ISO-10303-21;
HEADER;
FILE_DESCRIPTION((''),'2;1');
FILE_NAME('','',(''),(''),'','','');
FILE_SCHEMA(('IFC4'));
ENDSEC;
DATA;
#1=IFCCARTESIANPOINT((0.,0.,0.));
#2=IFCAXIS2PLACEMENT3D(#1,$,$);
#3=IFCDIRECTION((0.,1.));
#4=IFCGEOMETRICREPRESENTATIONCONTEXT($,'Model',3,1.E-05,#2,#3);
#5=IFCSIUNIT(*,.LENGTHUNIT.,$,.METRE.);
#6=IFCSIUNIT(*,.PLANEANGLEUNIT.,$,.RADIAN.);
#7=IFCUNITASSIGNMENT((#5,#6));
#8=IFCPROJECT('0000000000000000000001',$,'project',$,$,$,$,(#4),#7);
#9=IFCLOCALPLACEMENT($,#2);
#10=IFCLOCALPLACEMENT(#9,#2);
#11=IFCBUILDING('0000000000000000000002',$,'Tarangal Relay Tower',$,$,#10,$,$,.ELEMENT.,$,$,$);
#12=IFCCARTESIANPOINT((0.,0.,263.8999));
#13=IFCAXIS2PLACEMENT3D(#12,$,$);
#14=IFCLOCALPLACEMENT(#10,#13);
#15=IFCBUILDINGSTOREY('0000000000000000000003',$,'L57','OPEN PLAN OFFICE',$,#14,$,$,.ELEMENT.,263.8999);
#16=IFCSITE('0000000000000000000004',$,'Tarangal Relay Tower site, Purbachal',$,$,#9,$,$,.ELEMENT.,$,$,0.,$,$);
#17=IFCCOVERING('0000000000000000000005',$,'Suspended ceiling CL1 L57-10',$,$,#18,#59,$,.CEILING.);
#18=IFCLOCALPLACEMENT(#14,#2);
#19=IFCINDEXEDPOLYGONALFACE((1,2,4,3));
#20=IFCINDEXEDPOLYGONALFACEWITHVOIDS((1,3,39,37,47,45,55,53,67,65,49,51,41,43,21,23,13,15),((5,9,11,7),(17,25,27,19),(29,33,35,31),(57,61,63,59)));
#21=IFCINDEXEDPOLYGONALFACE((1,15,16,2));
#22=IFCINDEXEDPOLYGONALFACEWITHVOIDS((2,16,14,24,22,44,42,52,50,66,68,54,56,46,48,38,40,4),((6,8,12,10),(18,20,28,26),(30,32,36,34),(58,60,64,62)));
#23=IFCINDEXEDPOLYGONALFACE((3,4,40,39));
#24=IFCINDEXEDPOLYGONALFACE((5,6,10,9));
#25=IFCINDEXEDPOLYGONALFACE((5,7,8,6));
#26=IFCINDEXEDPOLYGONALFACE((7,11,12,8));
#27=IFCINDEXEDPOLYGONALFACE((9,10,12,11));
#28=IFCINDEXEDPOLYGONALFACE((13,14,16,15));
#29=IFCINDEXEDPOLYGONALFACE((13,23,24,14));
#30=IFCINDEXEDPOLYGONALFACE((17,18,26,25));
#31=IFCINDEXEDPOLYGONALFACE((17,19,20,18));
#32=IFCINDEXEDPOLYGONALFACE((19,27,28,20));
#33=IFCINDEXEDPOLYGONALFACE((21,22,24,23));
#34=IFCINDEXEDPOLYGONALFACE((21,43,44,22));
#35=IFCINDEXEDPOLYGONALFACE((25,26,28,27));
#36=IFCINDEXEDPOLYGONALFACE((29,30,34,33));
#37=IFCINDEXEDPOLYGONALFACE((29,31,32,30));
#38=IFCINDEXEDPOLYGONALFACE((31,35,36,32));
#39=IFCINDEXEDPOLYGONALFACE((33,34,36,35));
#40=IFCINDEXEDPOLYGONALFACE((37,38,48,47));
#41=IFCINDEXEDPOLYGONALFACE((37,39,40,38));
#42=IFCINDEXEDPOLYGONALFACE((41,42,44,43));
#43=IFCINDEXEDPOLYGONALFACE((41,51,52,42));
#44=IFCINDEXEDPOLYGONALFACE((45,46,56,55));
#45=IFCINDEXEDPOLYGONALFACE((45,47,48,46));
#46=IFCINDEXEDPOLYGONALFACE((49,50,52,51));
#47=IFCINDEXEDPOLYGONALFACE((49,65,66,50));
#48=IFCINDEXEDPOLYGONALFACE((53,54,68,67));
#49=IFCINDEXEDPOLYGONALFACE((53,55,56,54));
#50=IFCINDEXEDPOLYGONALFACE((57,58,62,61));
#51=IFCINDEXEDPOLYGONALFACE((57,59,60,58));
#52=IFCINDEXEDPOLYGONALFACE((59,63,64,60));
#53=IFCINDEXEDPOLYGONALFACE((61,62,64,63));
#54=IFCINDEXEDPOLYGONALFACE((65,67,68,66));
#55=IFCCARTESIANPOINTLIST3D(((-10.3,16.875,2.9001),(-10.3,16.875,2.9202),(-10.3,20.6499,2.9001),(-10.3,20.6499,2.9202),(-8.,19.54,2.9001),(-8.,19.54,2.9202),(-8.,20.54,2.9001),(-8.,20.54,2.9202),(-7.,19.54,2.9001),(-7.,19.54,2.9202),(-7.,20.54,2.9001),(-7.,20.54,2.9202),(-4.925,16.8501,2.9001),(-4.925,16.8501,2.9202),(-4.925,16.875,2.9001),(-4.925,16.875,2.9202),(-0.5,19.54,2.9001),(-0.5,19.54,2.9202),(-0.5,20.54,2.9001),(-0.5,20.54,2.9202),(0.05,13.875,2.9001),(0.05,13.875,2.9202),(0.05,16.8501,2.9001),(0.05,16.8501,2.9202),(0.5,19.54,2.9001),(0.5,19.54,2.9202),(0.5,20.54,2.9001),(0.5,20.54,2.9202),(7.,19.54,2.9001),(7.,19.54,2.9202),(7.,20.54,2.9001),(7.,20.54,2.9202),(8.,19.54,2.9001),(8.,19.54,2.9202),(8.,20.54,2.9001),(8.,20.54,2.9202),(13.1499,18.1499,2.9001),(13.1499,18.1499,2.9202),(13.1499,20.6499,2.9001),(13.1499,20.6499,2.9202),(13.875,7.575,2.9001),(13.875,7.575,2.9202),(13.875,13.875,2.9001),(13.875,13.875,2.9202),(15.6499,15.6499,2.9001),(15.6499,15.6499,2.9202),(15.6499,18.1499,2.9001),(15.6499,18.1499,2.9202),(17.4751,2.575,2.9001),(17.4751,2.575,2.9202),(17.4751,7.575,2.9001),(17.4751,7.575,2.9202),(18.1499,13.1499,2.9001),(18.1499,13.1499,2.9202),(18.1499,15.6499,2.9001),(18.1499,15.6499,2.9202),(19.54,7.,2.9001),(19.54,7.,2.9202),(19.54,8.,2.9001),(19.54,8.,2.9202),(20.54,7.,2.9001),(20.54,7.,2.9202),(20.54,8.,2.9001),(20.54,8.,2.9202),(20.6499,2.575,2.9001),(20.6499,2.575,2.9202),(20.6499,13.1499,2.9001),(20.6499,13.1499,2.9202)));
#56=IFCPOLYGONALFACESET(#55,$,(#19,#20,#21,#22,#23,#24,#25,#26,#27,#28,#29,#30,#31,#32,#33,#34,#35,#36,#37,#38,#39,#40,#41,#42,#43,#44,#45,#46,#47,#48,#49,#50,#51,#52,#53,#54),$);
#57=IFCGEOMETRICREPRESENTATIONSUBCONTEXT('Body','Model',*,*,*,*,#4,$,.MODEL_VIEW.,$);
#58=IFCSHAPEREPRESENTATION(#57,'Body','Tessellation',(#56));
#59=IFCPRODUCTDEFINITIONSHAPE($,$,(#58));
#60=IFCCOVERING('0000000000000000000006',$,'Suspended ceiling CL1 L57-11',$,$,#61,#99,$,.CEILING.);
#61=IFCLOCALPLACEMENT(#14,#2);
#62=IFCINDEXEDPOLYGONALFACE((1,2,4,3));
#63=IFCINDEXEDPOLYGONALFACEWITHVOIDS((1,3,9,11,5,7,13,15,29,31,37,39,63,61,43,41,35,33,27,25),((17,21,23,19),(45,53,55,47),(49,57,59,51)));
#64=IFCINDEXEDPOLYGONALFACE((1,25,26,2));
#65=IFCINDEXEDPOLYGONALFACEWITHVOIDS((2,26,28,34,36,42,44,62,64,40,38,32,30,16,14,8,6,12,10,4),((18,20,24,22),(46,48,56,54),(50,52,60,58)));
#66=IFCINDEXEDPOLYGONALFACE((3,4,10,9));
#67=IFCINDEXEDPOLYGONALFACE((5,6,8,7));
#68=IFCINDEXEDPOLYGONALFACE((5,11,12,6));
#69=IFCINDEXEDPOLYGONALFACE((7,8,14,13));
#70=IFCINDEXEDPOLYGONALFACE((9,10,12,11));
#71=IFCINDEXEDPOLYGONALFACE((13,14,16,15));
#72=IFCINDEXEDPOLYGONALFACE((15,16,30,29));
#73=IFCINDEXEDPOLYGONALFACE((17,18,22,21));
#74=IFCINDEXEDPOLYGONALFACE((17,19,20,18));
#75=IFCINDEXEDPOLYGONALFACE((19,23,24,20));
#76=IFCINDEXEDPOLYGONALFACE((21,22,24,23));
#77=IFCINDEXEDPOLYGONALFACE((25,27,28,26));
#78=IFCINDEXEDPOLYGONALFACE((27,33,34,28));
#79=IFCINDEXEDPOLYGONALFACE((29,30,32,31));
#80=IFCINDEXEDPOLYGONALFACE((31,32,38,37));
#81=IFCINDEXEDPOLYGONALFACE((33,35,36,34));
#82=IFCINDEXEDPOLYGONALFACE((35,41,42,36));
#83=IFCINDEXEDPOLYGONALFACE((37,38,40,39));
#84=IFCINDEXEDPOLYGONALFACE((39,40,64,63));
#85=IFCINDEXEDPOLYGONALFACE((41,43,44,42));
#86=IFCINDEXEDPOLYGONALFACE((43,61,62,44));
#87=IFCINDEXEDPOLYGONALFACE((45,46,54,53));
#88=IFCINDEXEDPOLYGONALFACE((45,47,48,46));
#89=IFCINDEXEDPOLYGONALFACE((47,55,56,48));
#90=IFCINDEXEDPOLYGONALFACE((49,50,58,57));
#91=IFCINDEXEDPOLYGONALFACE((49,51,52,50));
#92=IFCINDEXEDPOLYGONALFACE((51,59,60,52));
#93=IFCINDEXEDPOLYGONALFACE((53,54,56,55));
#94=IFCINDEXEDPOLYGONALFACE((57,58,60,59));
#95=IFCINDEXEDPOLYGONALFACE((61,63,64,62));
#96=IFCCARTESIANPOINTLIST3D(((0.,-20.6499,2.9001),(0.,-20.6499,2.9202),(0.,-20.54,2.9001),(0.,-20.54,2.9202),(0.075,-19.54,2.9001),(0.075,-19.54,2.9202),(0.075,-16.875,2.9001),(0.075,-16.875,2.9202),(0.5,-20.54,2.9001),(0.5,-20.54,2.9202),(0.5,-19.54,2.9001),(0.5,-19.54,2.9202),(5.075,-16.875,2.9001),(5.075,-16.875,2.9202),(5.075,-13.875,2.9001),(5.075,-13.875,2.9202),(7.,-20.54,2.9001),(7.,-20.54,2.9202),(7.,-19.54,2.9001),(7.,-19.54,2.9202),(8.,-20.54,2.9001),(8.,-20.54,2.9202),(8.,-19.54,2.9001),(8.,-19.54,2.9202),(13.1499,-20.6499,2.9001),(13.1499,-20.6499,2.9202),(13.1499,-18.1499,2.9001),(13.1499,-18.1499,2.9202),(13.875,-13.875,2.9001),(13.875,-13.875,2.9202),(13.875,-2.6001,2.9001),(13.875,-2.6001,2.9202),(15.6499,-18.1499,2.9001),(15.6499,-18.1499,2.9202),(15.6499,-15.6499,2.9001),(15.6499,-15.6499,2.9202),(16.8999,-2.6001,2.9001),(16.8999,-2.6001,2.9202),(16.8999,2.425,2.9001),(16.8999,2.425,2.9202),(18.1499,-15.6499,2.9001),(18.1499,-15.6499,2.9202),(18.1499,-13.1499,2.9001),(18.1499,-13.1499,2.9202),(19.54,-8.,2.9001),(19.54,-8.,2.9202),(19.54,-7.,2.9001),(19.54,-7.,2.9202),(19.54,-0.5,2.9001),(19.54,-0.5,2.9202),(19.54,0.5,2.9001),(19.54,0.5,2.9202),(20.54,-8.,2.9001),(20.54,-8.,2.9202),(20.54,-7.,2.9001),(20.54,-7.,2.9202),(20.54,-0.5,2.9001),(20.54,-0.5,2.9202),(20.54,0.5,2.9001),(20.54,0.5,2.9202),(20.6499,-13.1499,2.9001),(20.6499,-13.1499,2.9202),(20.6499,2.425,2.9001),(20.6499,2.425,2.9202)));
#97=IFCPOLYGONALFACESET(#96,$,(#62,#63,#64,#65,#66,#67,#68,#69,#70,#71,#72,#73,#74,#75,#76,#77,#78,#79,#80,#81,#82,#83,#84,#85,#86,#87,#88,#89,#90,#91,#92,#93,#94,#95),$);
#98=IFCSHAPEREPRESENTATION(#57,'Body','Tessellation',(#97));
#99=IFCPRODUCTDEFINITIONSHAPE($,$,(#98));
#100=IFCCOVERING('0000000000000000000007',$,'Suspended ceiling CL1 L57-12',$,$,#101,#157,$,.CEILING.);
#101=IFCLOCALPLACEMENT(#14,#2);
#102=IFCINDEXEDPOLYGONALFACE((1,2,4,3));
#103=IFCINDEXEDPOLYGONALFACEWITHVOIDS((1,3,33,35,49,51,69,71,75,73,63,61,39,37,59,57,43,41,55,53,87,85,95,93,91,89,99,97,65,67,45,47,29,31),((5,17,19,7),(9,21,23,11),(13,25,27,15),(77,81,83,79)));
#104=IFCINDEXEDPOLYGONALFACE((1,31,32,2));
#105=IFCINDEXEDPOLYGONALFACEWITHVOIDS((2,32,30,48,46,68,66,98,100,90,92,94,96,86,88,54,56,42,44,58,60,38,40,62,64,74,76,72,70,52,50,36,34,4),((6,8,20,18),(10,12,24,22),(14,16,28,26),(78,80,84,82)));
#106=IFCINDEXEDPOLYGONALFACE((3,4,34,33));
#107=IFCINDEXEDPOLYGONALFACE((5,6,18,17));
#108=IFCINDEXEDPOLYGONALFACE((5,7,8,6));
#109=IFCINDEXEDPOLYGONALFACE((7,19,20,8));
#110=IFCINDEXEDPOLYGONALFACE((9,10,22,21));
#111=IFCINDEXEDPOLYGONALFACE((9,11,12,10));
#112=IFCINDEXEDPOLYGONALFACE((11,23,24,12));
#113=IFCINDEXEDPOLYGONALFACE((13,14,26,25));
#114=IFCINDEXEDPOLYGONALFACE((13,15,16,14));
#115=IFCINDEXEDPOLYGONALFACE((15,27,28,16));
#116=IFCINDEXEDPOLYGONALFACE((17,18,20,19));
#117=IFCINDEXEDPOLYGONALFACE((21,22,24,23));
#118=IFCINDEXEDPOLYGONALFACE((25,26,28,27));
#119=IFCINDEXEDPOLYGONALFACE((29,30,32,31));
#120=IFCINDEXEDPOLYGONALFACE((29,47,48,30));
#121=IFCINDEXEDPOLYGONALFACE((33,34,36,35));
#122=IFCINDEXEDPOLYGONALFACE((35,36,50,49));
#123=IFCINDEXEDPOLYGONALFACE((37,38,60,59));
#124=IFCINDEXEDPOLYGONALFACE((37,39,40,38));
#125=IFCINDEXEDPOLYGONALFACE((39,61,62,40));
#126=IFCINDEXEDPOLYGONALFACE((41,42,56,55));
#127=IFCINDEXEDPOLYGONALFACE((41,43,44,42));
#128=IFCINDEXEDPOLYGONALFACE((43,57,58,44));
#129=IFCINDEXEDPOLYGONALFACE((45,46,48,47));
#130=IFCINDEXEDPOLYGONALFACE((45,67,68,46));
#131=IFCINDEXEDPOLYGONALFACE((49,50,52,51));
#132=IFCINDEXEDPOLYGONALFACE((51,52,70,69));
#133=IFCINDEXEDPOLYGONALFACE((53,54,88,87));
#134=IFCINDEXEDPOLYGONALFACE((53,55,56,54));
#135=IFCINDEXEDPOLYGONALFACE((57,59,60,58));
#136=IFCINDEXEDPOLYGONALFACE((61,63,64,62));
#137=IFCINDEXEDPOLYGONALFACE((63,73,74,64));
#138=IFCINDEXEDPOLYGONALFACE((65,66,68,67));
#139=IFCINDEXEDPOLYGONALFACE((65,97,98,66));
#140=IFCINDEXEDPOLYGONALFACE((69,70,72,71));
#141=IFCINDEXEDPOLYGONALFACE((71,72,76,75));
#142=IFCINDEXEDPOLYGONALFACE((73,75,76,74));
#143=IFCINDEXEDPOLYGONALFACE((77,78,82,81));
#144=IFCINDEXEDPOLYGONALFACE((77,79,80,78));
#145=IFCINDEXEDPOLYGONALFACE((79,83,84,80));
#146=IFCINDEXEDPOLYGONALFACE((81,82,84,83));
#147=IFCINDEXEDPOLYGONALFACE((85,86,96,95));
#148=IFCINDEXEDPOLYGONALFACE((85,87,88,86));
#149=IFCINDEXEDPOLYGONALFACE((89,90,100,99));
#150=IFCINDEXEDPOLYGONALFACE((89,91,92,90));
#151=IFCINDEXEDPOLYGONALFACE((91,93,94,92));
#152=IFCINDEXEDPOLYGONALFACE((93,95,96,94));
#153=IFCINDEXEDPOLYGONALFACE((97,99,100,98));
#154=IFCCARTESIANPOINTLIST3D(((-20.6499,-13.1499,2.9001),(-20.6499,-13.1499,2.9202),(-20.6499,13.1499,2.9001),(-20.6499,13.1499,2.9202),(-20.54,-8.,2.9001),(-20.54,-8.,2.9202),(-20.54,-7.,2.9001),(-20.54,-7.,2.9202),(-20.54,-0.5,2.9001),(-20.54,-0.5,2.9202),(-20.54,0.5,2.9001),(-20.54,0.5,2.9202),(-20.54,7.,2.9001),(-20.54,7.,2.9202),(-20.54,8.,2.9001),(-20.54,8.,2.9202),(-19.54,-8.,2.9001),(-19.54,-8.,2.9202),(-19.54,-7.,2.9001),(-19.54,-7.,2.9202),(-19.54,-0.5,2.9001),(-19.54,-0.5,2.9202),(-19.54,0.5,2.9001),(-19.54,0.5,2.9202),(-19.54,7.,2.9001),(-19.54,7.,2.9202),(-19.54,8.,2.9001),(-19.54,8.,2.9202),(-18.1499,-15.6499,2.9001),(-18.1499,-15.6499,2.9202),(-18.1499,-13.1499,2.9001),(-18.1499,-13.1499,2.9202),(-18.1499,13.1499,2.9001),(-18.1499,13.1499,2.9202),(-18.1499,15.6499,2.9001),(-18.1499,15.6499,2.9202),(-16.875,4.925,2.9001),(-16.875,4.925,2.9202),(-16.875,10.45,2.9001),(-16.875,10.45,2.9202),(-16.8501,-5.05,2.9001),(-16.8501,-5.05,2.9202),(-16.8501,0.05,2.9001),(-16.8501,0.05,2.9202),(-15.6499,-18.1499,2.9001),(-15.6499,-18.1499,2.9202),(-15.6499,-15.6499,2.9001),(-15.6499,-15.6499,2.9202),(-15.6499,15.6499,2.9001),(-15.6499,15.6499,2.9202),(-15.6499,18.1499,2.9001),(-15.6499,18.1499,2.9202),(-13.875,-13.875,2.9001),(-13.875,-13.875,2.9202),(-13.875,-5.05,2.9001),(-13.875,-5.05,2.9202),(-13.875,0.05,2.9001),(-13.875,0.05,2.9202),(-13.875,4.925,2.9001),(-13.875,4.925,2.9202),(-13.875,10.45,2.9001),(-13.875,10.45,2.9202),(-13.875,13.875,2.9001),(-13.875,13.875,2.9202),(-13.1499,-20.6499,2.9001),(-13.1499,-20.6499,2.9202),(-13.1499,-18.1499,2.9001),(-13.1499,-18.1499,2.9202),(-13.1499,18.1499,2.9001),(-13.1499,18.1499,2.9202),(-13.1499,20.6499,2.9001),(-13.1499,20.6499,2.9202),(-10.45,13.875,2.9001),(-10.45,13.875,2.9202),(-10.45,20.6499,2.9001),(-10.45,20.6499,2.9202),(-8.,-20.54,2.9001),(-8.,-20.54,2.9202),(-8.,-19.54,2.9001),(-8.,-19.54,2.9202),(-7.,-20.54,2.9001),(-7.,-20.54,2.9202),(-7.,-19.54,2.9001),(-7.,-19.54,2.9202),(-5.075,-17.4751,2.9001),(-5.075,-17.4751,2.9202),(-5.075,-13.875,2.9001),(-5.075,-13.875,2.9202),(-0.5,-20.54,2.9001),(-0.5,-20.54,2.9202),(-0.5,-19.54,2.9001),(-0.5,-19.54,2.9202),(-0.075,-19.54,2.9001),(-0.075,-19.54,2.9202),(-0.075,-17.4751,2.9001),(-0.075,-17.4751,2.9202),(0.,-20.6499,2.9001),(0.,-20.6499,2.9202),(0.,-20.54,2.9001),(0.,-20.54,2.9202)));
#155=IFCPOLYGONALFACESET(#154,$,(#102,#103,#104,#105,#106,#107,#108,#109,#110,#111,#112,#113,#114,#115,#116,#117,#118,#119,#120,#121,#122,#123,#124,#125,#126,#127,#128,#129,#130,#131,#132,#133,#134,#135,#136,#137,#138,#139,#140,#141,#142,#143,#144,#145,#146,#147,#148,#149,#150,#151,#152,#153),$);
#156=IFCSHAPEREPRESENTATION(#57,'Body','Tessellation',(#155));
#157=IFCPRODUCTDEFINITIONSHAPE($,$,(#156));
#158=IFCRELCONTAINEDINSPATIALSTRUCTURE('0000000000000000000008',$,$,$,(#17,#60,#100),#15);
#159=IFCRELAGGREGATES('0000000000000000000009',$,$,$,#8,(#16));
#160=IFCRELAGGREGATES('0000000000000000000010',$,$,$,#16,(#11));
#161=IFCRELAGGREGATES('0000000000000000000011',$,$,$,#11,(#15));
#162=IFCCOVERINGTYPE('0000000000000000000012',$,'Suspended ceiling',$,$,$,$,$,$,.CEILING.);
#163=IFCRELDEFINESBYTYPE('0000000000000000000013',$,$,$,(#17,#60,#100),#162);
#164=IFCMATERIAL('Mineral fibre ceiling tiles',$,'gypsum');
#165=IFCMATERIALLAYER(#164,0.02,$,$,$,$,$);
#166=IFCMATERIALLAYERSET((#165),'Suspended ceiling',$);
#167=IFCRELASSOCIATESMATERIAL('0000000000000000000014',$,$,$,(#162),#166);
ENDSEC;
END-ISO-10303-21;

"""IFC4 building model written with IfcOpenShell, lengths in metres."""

from ifc_helpers import new_model, si_unit, direction, frame, origin, place, context, subcontext, project, spatial, polyline, outline, extrude, material, layer, layer_set, type_object, element, save


model = new_model("IFC4")

# Units and contexts
model_context = context("Model", 3, precision=1e-05, world=origin(), true_north=direction((0.0, 1.0)))
body_context = subcontext(model_context, "Body", "Model", "MODEL_VIEW")
ifc_project = project(units=[si_unit("LENGTHUNIT", "METRE"), si_unit("PLANEANGLEUNIT", "RADIAN")], contexts=[model_context])

# Site, building, storey
site_placement = place(None, origin())
site = spatial("IfcSite", under=ifc_project, at=site_placement, Name="Tarangal Relay Tower site, Purbachal", CompositionType="ELEMENT", RefElevation=0.0)
building_placement = place(site_placement, origin())
building = spatial("IfcBuilding", under=site, at=building_placement, Name="Tarangal Relay Tower", CompositionType="ELEMENT")
storey_placement = place(building_placement, frame((0.0, 0.0, 263.8999)))
storey = spatial("IfcBuildingStorey", under=building, at=storey_placement, Name="L57", Description="OPEN PLAN OFFICE", CompositionType="ELEMENT", Elevation=263.8999)

# Coverings
ifc_material_1 = material(Name="Mineral fibre ceiling tiles", Category="gypsum")
ifc_layer_1 = layer(ifc_material_1, 0.02)
ifc_layer_set_1 = layer_set([ifc_layer_1], Name="Suspended ceiling")
covering_type = type_object("IfcCoveringType", Name="Suspended ceiling", PredefinedType="CEILING", material=ifc_layer_set_1)
covering_1_placement = place(storey_placement, frame((0.0, 0.0, 2.9001)))
element("IfcCovering", 1, at=covering_1_placement, inside=storey, type_object=covering_type, Name="Suspended ceiling CL1 L57-10", PredefinedType="CEILING", context=body_context, shape_type="SweptSolid", body=[
    extrude(outline(polyline([(13.1499, 20.6499), (-10.3, 20.6499), (-10.3, 16.875), (-4.925, 16.875), (-4.925, 16.8501), (0.05, 16.8501), (0.05, 13.875), (13.875, 13.875), (13.875, 7.575), (17.4751, 7.575), (17.4751, 2.575), (20.6499, 2.575), (20.6499, 13.1499), (18.1499, 13.1499), (18.1499, 15.6499), (15.6499, 15.6499), (15.6499, 18.1499), (13.1499, 18.1499), (13.1499, 20.6499)]), holes=[polyline([(19.54, 7.0), (20.54, 7.0), (20.54, 8.0), (19.54, 8.0), (19.54, 7.0)]), polyline([(-8.0, 19.54), (-7.0, 19.54), (-7.0, 20.54), (-8.0, 20.54), (-8.0, 19.54)]), polyline([(-0.5, 19.54), (0.5, 19.54), (0.5, 20.54), (-0.5, 20.54), (-0.5, 19.54)]), polyline([(7.0, 19.54), (8.0, 19.54), (8.0, 20.54), (7.0, 20.54), (7.0, 19.54)])]), origin(), (0.0, 0.0, 1.0), 0.02),
])
covering_2_placement = place(storey_placement, frame((0.0, 0.0, 2.9001)))
element("IfcCovering", 2, at=covering_2_placement, inside=storey, type_object=covering_type, Name="Suspended ceiling CL1 L57-11", PredefinedType="CEILING", context=body_context, shape_type="SweptSolid", body=[
    extrude(outline(polyline([(20.6499, -13.1499), (20.6499, 2.425), (16.8999, 2.425), (16.8999, -2.6001), (13.875, -2.6001), (13.875, -13.875), (5.075, -13.875), (5.075, -16.875), (0.075, -16.875), (0.075, -19.54), (0.5, -19.54), (0.5, -20.54), (0.0, -20.54), (0.0, -20.6499), (13.1499, -20.6499), (13.1499, -18.1499), (15.6499, -18.1499), (15.6499, -15.6499), (18.1499, -15.6499), (18.1499, -13.1499), (20.6499, -13.1499)]), holes=[polyline([(7.0, -20.54), (8.0, -20.54), (8.0, -19.54), (7.0, -19.54), (7.0, -20.54)]), polyline([(19.54, -8.0), (20.54, -8.0), (20.54, -7.0), (19.54, -7.0), (19.54, -8.0)]), polyline([(19.54, -0.5), (20.54, -0.5), (20.54, 0.5), (19.54, 0.5), (19.54, -0.5)])]), origin(), (0.0, 0.0, 1.0), 0.02),
])
covering_3_placement = place(storey_placement, frame((0.0, 0.0, 2.9001)))
element("IfcCovering", 3, at=covering_3_placement, inside=storey, type_object=covering_type, Name="Suspended ceiling CL1 L57-12", PredefinedType="CEILING", context=body_context, shape_type="SweptSolid", body=[
    extrude(outline(polyline([(0.0, -20.6499), (0.0, -20.54), (-0.5, -20.54), (-0.5, -19.54), (-0.075, -19.54), (-0.075, -17.4751), (-5.075, -17.4751), (-5.075, -13.875), (-13.875, -13.875), (-13.875, -5.05), (-16.8501, -5.05), (-16.8501, 0.05), (-13.875, 0.05), (-13.875, 4.925), (-16.875, 4.925), (-16.875, 10.45), (-13.875, 10.45), (-13.875, 13.875), (-10.45, 13.875), (-10.45, 20.6499), (-13.1499, 20.6499), (-13.1499, 18.1499), (-15.6499, 18.1499), (-15.6499, 15.6499), (-18.1499, 15.6499), (-18.1499, 13.1499), (-20.6499, 13.1499), (-20.6499, -13.1499), (-18.1499, -13.1499), (-18.1499, -15.6499), (-15.6499, -15.6499), (-15.6499, -18.1499), (-13.1499, -18.1499), (-13.1499, -20.6499), (0.0, -20.6499)]), holes=[polyline([(-8.0, -20.54), (-7.0, -20.54), (-7.0, -19.54), (-8.0, -19.54), (-8.0, -20.54)]), polyline([(-20.54, -8.0), (-19.54, -8.0), (-19.54, -7.0), (-20.54, -7.0), (-20.54, -8.0)]), polyline([(-20.54, 0.5), (-20.54, -0.5), (-19.54, -0.5), (-19.54, 0.5), (-20.54, 0.5)]), polyline([(-20.54, 8.0), (-20.54, 7.0), (-19.54, 7.0), (-19.54, 8.0), (-20.54, 8.0)])]), origin(), (0.0, 0.0, 1.0), 0.02),
])

save(model, "model.ifc")
